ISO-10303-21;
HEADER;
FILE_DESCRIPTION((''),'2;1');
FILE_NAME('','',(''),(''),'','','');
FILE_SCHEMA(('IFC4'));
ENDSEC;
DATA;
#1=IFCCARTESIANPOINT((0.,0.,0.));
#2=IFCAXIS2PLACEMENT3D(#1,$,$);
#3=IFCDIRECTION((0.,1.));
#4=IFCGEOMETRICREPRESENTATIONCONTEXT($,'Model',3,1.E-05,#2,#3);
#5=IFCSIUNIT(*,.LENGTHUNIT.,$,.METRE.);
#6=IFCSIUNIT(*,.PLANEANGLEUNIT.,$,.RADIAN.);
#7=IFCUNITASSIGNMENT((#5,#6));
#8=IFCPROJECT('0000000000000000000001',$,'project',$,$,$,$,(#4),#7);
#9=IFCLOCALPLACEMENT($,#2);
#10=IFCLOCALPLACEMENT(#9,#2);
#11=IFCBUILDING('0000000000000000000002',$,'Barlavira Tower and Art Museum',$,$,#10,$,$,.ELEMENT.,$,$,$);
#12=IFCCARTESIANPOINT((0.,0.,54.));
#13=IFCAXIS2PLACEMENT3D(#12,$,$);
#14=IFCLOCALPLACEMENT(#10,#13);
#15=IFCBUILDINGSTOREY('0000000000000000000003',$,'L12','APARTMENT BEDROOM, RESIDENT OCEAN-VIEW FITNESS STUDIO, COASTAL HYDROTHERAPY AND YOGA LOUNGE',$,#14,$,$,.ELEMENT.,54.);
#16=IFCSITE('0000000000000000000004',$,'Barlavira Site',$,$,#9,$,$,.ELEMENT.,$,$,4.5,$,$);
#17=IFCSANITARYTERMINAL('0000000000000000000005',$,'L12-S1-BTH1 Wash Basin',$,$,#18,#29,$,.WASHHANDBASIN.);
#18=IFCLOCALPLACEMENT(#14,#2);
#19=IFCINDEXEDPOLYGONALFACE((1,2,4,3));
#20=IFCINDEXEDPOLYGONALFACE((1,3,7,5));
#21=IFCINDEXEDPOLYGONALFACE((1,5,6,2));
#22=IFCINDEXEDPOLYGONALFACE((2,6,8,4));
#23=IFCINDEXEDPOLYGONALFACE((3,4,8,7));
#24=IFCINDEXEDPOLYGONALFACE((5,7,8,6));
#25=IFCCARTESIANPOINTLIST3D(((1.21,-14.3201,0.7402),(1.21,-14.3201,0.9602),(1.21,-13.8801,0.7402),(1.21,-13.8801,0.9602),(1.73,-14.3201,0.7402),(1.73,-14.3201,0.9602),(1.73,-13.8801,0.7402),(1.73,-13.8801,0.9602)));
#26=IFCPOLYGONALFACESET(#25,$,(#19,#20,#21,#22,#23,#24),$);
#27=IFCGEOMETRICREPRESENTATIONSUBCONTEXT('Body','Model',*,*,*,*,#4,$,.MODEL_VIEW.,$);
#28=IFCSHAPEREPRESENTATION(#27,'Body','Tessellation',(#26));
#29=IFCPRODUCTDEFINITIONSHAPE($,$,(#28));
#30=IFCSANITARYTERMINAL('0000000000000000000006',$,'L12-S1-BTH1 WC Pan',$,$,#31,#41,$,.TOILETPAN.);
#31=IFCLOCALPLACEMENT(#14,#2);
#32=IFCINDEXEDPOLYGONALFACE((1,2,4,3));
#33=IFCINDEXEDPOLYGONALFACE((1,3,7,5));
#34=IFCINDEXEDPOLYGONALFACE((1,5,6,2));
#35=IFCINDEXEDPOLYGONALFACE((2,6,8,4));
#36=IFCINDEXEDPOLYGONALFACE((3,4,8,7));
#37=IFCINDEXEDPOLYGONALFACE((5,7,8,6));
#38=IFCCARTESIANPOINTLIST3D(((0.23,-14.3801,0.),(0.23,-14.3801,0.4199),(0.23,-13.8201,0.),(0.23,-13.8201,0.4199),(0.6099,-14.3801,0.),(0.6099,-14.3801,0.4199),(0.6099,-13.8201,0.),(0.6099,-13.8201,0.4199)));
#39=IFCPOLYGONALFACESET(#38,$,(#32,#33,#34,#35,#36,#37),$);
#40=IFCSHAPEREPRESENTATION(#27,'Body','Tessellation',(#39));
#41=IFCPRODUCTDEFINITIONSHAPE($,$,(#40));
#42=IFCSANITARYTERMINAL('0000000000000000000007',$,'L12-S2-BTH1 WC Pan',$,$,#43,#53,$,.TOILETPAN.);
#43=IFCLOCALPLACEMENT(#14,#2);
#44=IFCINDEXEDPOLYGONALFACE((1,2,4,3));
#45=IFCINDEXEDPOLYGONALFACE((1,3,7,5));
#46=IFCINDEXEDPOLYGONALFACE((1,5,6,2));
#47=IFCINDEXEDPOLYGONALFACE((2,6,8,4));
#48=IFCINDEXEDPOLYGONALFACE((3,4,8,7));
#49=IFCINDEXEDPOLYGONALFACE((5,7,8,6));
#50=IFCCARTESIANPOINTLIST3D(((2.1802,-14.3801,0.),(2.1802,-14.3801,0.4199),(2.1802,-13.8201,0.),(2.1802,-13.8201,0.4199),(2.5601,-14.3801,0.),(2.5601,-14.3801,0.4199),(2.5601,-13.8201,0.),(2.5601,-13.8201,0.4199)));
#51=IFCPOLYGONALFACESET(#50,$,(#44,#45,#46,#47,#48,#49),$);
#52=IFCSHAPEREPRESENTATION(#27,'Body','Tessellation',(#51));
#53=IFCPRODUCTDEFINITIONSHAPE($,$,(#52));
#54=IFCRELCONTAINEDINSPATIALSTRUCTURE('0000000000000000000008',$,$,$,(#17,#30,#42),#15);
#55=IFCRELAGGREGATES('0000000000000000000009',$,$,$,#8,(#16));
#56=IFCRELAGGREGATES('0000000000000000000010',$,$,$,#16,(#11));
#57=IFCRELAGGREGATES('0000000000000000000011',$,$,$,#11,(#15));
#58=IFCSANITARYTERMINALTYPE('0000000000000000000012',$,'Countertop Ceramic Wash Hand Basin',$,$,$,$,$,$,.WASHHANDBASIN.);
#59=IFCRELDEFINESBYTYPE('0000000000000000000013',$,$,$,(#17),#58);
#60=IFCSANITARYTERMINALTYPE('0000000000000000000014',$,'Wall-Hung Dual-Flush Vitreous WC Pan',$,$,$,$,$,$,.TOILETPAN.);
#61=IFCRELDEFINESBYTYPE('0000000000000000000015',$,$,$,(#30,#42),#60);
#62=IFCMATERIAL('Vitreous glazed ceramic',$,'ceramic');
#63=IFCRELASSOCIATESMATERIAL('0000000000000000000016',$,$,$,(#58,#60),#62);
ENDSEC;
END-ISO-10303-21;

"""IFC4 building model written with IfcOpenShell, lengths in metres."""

from ifc_helpers import new_model, si_unit, direction, frame, origin, origin_2d, place, context, subcontext, project, spatial, rectangle, extrude, material, type_object, element, save


model = new_model("IFC4")

# Units and contexts
model_context = context("Model", 3, precision=1e-05, world=origin(), true_north=direction((0.0, 1.0)))
body_context = subcontext(model_context, "Body", "Model", "MODEL_VIEW")
ifc_project = project(units=[si_unit("LENGTHUNIT", "METRE"), si_unit("PLANEANGLEUNIT", "RADIAN")], contexts=[model_context])

# Site, building, storey
site_placement = place(None, origin())
site = spatial("IfcSite", under=ifc_project, at=site_placement, Name="Barlavira Site", CompositionType="ELEMENT", RefElevation=4.5)
building_placement = place(site_placement, origin())
building = spatial("IfcBuilding", under=site, at=building_placement, Name="Barlavira Tower and Art Museum", CompositionType="ELEMENT")
storey_placement = place(building_placement, frame((0.0, 0.0, 54.0)))
storey = spatial("IfcBuildingStorey", under=building, at=storey_placement, Name="L12", Description="APARTMENT BEDROOM, RESIDENT OCEAN-VIEW FITNESS STUDIO, COASTAL HYDROTHERAPY AND YOGA LOUNGE", CompositionType="ELEMENT", Elevation=54.0)

# Sanitary terminals
ifc_material_1 = material(Name="Vitreous glazed ceramic", Category="ceramic")
sanitary_terminal_type_1 = type_object("IfcSanitaryTerminalType", Name="Countertop Ceramic Wash Hand Basin", PredefinedType="WASHHANDBASIN", material=ifc_material_1)
sanitary_terminal_placement = place(storey_placement, frame((1.47, -14.1001, 0.7402), z_axis=(0.0, 0.0, 1.0), x_axis=(1.0, 0.0, 0.0)))
element("IfcSanitaryTerminal", 1, at=sanitary_terminal_placement, inside=storey, type_object=sanitary_terminal_type_1, Name="L12-S1-BTH1 Wash Basin", PredefinedType="WASHHANDBASIN", context=body_context, shape_type="SweptSolid", body=[
    extrude(rectangle(XDim=0.52, YDim=0.4399, at=origin_2d()), origin(), (0.0, 0.0, 1.0), 0.22),
])
sanitary_terminal_type_2 = type_object("IfcSanitaryTerminalType", Name="Wall-Hung Dual-Flush Vitreous WC Pan", PredefinedType="TOILETPAN", material=ifc_material_1)
for number, where, z_axis, x_axis, name in (
    (2, (0.4199, -14.1001, 0.0), (0.0, 0.0, 1.0), (1.0, 0.0, 0.0), "L12-S1-BTH1 WC Pan"),
    (3, (2.3701, -14.1001, 0.0), (0.0, 0.0, 1.0), (1.0, 0.0, 0.0), "L12-S2-BTH1 WC Pan"),
):
    element("IfcSanitaryTerminal", number, at=place(storey_placement, frame(where, z_axis=z_axis, x_axis=x_axis)), inside=storey, type_object=sanitary_terminal_type_2, Name=name, PredefinedType="TOILETPAN", context=body_context, shape_type="SweptSolid", body=[
        extrude(rectangle(XDim=0.3799, YDim=0.5601, at=origin_2d()), origin(), (0.0, 0.0, 1.0), 0.4199),
    ])

save(model, "model.ifc")
